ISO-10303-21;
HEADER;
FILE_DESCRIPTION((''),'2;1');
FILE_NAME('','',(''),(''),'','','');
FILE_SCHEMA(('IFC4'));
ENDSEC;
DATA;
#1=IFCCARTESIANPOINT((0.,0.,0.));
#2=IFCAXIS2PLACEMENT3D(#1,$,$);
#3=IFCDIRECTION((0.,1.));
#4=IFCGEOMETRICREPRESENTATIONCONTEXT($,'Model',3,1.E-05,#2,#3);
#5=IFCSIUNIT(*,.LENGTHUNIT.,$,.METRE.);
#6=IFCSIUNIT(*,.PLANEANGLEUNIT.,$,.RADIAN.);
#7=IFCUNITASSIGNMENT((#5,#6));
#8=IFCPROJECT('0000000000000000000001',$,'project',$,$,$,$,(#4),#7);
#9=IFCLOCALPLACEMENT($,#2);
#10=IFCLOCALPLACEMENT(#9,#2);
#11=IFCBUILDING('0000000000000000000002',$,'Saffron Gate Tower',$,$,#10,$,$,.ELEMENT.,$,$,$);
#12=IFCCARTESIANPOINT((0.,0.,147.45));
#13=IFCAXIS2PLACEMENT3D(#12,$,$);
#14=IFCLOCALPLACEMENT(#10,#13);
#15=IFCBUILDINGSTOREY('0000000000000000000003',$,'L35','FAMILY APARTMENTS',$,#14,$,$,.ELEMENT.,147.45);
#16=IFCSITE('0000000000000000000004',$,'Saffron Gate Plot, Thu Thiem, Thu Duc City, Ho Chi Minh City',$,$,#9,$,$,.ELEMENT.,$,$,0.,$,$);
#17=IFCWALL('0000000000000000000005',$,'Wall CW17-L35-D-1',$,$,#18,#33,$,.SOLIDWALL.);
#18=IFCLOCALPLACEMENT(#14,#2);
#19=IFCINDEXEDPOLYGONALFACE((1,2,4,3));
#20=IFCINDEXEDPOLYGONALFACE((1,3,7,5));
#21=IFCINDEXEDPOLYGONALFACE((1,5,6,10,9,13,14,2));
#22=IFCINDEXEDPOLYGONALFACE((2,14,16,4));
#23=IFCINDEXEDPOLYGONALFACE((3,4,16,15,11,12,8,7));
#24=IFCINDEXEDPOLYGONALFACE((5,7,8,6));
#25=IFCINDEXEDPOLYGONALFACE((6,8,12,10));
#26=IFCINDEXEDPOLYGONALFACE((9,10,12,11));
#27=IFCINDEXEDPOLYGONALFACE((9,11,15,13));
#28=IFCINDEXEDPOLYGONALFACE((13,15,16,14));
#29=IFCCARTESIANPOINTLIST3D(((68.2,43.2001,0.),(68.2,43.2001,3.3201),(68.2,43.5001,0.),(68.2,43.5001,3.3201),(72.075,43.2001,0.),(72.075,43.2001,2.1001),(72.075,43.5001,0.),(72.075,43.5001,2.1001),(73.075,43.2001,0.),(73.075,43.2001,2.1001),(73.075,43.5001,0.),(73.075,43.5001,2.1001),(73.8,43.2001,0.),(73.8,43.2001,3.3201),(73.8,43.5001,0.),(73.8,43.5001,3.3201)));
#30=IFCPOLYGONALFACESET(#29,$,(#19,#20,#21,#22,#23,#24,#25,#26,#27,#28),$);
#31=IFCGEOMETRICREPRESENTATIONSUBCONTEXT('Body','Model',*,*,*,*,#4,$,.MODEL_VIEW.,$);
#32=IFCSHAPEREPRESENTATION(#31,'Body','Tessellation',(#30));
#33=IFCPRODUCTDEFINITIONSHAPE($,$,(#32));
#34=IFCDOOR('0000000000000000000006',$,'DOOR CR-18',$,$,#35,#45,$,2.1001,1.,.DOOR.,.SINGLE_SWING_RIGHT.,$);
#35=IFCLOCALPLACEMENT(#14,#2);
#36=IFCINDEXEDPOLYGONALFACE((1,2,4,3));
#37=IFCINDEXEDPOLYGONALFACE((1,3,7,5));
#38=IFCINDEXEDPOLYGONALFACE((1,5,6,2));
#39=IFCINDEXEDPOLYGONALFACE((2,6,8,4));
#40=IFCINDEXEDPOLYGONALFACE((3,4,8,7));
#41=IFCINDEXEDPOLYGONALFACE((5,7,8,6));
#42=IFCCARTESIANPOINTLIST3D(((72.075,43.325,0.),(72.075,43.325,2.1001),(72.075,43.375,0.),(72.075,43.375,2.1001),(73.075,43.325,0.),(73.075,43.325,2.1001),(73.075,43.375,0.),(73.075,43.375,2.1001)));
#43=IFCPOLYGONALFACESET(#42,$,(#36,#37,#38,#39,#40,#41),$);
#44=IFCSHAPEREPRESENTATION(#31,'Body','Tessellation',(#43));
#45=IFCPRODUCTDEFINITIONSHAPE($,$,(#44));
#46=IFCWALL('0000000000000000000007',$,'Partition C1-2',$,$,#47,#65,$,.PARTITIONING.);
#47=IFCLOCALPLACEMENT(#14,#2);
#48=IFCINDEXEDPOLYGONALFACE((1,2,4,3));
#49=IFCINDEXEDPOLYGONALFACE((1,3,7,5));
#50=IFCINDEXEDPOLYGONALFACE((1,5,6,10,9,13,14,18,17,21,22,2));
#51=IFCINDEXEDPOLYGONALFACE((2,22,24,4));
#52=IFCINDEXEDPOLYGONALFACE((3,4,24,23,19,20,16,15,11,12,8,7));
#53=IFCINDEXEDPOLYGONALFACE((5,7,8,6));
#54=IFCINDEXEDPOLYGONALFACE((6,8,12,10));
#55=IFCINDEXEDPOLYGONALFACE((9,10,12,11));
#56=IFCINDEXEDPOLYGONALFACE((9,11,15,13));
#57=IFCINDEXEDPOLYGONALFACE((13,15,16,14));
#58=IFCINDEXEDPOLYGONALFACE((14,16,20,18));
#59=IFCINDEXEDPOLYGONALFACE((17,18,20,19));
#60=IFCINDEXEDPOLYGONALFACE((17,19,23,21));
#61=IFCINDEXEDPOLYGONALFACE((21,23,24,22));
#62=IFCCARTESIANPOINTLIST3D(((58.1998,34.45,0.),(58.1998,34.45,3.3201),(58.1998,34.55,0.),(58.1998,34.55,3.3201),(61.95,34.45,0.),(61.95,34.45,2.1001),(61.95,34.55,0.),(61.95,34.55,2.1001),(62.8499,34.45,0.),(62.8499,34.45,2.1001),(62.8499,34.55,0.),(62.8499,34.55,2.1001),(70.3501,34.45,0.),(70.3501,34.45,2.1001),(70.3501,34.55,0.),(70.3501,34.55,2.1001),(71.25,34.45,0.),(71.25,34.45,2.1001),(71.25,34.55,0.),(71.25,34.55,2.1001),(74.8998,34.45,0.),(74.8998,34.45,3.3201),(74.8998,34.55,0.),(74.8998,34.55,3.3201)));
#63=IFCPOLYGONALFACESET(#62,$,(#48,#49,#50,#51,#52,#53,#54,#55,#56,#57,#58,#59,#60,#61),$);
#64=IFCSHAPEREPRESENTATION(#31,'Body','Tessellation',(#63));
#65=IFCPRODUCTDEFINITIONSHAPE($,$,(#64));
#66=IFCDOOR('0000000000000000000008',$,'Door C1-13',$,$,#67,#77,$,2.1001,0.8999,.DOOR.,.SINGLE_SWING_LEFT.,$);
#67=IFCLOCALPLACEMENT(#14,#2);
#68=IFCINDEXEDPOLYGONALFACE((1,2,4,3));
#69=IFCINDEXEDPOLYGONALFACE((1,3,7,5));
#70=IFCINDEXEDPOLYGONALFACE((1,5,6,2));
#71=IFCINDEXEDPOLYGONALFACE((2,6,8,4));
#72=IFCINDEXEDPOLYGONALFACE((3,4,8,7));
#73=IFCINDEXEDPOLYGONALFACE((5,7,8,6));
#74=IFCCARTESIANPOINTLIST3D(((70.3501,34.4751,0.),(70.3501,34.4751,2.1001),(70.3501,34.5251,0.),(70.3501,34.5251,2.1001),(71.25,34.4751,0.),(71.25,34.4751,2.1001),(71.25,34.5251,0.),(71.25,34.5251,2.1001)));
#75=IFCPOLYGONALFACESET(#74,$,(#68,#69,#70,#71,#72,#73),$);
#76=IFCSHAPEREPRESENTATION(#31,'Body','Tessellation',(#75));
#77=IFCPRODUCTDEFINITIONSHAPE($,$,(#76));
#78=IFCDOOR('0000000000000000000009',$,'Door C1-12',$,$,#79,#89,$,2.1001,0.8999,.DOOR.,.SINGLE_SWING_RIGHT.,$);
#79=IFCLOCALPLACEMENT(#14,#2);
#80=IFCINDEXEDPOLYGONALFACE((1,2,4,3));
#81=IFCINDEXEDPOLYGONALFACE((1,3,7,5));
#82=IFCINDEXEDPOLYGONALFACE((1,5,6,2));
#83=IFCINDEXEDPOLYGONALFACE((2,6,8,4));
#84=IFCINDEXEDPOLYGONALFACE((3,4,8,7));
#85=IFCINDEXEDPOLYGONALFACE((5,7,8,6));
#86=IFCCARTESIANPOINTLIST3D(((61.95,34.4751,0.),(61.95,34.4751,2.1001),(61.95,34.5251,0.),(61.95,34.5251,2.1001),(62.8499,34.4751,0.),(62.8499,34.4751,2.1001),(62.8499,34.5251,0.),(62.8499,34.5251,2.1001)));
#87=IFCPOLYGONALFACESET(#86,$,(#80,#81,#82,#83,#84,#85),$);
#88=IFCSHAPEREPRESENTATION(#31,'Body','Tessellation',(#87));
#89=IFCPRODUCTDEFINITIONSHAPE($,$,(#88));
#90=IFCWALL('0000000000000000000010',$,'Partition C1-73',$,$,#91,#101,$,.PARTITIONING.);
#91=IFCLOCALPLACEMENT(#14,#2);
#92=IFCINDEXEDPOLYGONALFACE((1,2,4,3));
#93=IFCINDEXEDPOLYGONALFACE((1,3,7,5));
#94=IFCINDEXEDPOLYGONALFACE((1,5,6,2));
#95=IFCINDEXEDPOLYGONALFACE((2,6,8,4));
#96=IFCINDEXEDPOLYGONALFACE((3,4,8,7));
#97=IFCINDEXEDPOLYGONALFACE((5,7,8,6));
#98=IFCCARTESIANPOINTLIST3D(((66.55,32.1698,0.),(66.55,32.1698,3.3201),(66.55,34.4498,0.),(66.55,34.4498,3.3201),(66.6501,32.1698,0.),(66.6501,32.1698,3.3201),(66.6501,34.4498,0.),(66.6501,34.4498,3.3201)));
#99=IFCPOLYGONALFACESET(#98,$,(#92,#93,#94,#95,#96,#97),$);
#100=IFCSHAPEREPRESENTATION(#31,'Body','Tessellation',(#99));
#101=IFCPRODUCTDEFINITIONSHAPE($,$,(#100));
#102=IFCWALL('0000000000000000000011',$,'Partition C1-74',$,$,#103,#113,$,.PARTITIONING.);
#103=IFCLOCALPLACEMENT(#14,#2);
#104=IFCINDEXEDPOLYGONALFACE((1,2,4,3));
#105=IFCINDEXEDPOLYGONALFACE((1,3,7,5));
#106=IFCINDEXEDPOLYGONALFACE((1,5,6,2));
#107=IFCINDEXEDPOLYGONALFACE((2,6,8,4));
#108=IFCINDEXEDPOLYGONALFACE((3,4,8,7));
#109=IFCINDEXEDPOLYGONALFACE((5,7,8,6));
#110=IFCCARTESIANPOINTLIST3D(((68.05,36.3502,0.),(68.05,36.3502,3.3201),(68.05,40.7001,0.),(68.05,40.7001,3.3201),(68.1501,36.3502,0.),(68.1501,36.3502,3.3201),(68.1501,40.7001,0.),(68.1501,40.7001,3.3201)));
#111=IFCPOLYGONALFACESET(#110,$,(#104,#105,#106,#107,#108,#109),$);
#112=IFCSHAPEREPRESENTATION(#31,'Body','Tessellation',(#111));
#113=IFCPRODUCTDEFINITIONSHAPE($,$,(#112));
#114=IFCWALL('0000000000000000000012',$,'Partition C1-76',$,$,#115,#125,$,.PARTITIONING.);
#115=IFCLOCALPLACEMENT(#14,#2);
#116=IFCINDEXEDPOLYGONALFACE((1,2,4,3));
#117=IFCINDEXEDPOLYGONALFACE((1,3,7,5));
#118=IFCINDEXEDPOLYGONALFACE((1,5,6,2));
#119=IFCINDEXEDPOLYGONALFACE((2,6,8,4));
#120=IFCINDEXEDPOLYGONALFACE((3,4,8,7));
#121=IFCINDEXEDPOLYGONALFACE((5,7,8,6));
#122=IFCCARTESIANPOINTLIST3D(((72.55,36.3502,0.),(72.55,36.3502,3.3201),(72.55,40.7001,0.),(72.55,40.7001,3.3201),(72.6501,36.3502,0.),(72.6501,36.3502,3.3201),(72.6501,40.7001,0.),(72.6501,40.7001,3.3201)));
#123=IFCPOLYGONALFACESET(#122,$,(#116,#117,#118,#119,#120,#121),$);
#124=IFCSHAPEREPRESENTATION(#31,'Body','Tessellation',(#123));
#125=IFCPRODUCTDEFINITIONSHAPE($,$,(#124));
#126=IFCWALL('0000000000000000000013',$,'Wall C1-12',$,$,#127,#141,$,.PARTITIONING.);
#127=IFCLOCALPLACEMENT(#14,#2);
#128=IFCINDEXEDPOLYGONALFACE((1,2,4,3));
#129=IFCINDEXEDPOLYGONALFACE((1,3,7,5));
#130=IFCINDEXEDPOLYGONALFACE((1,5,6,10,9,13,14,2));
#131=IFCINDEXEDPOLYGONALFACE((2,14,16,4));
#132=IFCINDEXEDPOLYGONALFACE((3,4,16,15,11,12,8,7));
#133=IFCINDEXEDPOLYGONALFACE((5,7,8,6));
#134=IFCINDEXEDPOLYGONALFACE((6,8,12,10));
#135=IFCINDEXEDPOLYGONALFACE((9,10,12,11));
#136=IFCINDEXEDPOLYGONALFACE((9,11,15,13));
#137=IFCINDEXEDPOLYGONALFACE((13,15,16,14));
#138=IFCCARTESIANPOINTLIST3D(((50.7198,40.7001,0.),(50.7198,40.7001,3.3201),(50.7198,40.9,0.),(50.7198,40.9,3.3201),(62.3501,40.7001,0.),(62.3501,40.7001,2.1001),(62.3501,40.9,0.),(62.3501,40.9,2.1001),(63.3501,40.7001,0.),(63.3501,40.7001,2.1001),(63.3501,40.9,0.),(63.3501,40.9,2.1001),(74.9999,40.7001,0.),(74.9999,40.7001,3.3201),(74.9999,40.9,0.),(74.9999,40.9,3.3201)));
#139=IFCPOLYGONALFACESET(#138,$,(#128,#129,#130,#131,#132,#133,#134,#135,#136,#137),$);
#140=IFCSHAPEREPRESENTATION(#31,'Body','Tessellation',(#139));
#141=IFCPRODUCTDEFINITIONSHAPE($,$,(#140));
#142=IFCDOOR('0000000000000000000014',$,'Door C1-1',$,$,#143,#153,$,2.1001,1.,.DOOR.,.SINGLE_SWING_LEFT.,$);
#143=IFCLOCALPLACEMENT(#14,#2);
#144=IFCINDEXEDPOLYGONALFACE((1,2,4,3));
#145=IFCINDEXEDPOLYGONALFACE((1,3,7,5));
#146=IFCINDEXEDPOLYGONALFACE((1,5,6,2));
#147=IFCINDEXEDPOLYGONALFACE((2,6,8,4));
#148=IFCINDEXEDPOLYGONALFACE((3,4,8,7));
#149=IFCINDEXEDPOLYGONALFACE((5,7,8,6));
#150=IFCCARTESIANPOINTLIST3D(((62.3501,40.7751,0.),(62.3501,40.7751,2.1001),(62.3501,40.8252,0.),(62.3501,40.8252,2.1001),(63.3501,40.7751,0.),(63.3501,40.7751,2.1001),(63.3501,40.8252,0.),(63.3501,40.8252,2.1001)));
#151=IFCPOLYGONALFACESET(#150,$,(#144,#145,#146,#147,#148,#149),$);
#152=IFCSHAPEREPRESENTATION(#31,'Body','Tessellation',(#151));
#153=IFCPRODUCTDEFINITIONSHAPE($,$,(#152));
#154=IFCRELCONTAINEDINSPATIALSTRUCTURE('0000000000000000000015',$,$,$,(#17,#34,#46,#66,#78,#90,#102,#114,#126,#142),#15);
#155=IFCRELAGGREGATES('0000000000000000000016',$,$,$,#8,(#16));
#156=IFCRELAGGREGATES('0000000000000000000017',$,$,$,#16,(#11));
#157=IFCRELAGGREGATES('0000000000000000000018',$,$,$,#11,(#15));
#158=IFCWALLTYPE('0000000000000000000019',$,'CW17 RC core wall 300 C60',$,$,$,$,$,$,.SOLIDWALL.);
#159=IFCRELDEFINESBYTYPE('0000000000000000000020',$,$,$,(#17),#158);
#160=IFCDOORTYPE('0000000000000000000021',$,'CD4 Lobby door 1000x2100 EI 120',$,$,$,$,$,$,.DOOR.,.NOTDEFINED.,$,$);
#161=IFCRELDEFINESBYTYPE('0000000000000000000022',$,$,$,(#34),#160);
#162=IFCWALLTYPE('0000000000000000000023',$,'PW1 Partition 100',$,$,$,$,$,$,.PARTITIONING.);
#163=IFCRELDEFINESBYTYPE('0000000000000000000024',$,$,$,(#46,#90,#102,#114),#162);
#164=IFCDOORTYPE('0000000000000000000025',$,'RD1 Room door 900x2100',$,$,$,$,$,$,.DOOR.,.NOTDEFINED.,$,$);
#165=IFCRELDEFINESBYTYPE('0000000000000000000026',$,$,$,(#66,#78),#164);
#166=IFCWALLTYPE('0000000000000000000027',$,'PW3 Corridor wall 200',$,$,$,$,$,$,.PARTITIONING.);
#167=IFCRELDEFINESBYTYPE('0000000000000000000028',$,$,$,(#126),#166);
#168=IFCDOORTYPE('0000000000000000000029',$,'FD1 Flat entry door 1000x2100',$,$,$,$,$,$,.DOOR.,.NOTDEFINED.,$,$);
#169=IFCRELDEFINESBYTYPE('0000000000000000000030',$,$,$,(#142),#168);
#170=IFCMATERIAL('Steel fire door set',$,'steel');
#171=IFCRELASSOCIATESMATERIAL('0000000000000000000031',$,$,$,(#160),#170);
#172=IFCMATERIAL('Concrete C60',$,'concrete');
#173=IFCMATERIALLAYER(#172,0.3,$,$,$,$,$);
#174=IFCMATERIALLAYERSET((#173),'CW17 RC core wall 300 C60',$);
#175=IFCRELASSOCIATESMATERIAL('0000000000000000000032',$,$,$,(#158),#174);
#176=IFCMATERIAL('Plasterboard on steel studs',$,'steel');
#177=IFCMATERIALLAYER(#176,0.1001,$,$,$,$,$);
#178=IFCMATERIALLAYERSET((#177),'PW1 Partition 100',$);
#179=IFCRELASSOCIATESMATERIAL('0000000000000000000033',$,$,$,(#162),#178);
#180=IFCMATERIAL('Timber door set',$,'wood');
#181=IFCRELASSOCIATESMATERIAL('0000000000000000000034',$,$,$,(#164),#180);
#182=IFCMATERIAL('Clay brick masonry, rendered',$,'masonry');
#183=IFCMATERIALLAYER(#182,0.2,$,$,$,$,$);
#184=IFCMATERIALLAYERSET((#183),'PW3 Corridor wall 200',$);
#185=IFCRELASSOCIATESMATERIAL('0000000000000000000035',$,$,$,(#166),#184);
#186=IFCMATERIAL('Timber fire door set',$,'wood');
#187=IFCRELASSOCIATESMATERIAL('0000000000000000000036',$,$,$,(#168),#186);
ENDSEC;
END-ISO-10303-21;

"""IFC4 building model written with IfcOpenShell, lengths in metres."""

from ifc_helpers import new_model, si_unit, direction, frame, frame_2d, origin, place, context, subcontext, project, spatial, rectangle, extrude, material, layer, layer_set, type_object, element, fill, save


model = new_model("IFC4")

# Units and contexts
model_context = context("Model", 3, precision=1e-05, world=origin(), true_north=direction((0.0, 1.0)))
body_context = subcontext(model_context, "Body", "Model", "MODEL_VIEW")
ifc_project = project(units=[si_unit("LENGTHUNIT", "METRE"), si_unit("PLANEANGLEUNIT", "RADIAN")], contexts=[model_context])

# Site, building, storey
site_placement = place(None, origin())
site = spatial("IfcSite", under=ifc_project, at=site_placement, Name="Saffron Gate Plot, Thu Thiem, Thu Duc City, Ho Chi Minh City", CompositionType="ELEMENT", RefElevation=0.0)
building_placement = place(site_placement, origin())
building = spatial("IfcBuilding", under=site, at=building_placement, Name="Saffron Gate Tower", CompositionType="ELEMENT")
storey_placement = place(building_placement, frame((0.0, 0.0, 147.45)))
storey = spatial("IfcBuildingStorey", under=building, at=storey_placement, Name="L35", Description="FAMILY APARTMENTS", CompositionType="ELEMENT", Elevation=147.45)

# Shared definitions
ifc_material_1 = material(Name="Steel fire door set", Category="steel")
door_type_1 = type_object("IfcDoorType", Name="CD4 Lobby door 1000x2100 EI 120", OperationType="NOTDEFINED", PredefinedType="DOOR", material=ifc_material_1)

# Shared definitions
ifc_material_2 = material(Name="Concrete C60", Category="concrete")

# Wall, opening, door
ifc_layer_1 = layer(ifc_material_2, 0.3)
ifc_layer_set_1 = layer_set([ifc_layer_1], Name="CW17 RC core wall 300 C60")
wall_type_1 = type_object("IfcWallType", Name="CW17 RC core wall 300 C60", PredefinedType="SOLIDWALL", material=ifc_layer_set_1)
wall_1_placement = place(storey_placement, frame((68.2, 43.3501, 0.0), z_axis=(0.0, 0.0, 1.0), x_axis=(1.0, 0.0, 0.0)))
wall_1 = element("IfcWall", 1, at=wall_1_placement, inside=storey, type_object=wall_type_1, Name="Wall CW17-L35-D-1", PredefinedType="SOLIDWALL", context=body_context, shape_type="SweptSolid", body=[
    extrude(rectangle(XDim=5.6001, YDim=0.3, at=frame_2d((2.8, 0.0))), origin(), (0.0, 0.0, 1.0), 3.3201),
])
opening_1_placement = place(wall_1_placement, frame((3.875, 0.0, 0.0)))
opening_1 = element("IfcOpeningElement", 2, at=opening_1_placement, cuts=wall_1, PredefinedType="OPENING", context=body_context, shape_type="SweptSolid", body=[
    extrude(rectangle(XDim=1.0, YDim=2.1001, at=frame_2d((0.5, 1.05))), frame((0.0, 0.1602, 0.0), z_axis=(0.0, -1.0, 0.0), x_axis=(1.0, 0.0, 0.0)), (0.0, 0.0, 1.0), 0.3201),
])
door_1_placement = place(opening_1_placement, origin())
door_1 = element("IfcDoor", 3, at=door_1_placement, inside=storey, type_object=door_type_1, Name="DOOR CR-18", OperationType="SINGLE_SWING_RIGHT", OverallHeight=2.1001, OverallWidth=1.0, PredefinedType="DOOR", context=body_context, shape_type="SweptSolid", body=[
    extrude(rectangle(XDim=1.0, YDim=2.1001, at=frame_2d((0.5, 1.05))), frame((0.0, 0.0249, 0.0), z_axis=(0.0, -1.0, 0.0), x_axis=(1.0, 0.0, 0.0)), (0.0, 0.0, 1.0), 0.05),
])
fill(opening_1, door_1)

# Wall, openings, doors
ifc_material_3 = material(Name="Plasterboard on steel studs", Category="steel")
ifc_layer_2 = layer(ifc_material_3, 0.1001)
ifc_layer_set_2 = layer_set([ifc_layer_2], Name="PW1 Partition 100")
wall_type_2 = type_object("IfcWallType", Name="PW1 Partition 100", PredefinedType="PARTITIONING", material=ifc_layer_set_2)
wall_2_placement = place(storey_placement, frame((74.8999, 34.5, 0.0), z_axis=(0.0, 0.0, 1.0), x_axis=(-1.0, 0.0, 0.0)))
wall_2 = element("IfcWall", 4, at=wall_2_placement, inside=storey, type_object=wall_type_2, Name="Partition C1-2", PredefinedType="PARTITIONING", context=body_context, shape_type="SweptSolid", body=[
    extrude(rectangle(XDim=16.7, YDim=0.1001, at=frame_2d((8.3501, 0.0))), origin(), (0.0, 0.0, 1.0), 3.3201),
])
opening_2_placement = place(wall_2_placement, frame((3.6499, 0.0, 0.0)))
opening_2 = element("IfcOpeningElement", 5, at=opening_2_placement, cuts=wall_2, PredefinedType="OPENING", context=body_context, shape_type="SweptSolid", body=[
    extrude(rectangle(XDim=0.8999, YDim=2.1001, at=frame_2d((0.45, 1.05))), frame((0.0, 0.0601, 0.0), z_axis=(0.0, -1.0, 0.0), x_axis=(1.0, 0.0, 0.0)), (0.0, 0.0, 1.0), 0.1201),
])
opening_3_placement = place(wall_2_placement, frame((12.05, 0.0, 0.0)))
opening_3 = element("IfcOpeningElement", 6, at=opening_3_placement, cuts=wall_2, PredefinedType="OPENING", context=body_context, shape_type="SweptSolid", body=[
    extrude(rectangle(XDim=0.8999, YDim=2.1001, at=frame_2d((0.45, 1.05))), frame((0.0, 0.0601, 0.0), z_axis=(0.0, -1.0, 0.0), x_axis=(1.0, 0.0, 0.0)), (0.0, 0.0, 1.0), 0.1201),
])
ifc_material_4 = material(Name="Timber door set", Category="wood")
door_type_2 = type_object("IfcDoorType", Name="RD1 Room door 900x2100", OperationType="NOTDEFINED", PredefinedType="DOOR", material=ifc_material_4)
door_2_placement = place(opening_2_placement, origin())
door_2 = element("IfcDoor", 7, at=door_2_placement, inside=storey, type_object=door_type_2, Name="Door C1-13", OperationType="SINGLE_SWING_LEFT", OverallHeight=2.1001, OverallWidth=0.8999, PredefinedType="DOOR", context=body_context, shape_type="SweptSolid", body=[
    extrude(rectangle(XDim=0.8999, YDim=2.1001, at=frame_2d((0.45, 1.05))), frame((0.0, 0.0249, 0.0), z_axis=(0.0, -1.0, 0.0), x_axis=(1.0, 0.0, 0.0)), (0.0, 0.0, 1.0), 0.05),
])
fill(opening_2, door_2)
door_3_placement = place(opening_3_placement, origin())
door_3 = element("IfcDoor", 8, at=door_3_placement, inside=storey, type_object=door_type_2, Name="Door C1-12", OperationType="SINGLE_SWING_RIGHT", OverallHeight=2.1001, OverallWidth=0.8999, PredefinedType="DOOR", context=body_context, shape_type="SweptSolid", body=[
    extrude(rectangle(XDim=0.8999, YDim=2.1001, at=frame_2d((0.45, 1.05))), frame((0.0, 0.0249, 0.0), z_axis=(0.0, -1.0, 0.0), x_axis=(1.0, 0.0, 0.0)), (0.0, 0.0, 1.0), 0.05),
])
fill(opening_3, door_3)

# Walls
wall_3_placement = place(storey_placement, frame((66.6001, 34.45, 0.0), z_axis=(0.0, 0.0, 1.0), x_axis=(0.0, -1.0, 0.0)))
element("IfcWall", 9, at=wall_3_placement, inside=storey, type_object=wall_type_2, Name="Partition C1-73", PredefinedType="PARTITIONING", context=body_context, shape_type="SweptSolid", body=[
    extrude(rectangle(XDim=2.28, YDim=0.1001, at=frame_2d((1.1401, 0.0))), origin(), (0.0, 0.0, 1.0), 3.3201),
])
for number, where, z_axis, x_axis, name in (
    (10, (68.1001, 40.7, 0.0), (0.0, 0.0, 1.0), (0.0, -1.0, 0.0), "Partition C1-74"),
    (11, (72.6001, 40.7, 0.0), (0.0, 0.0, 1.0), (0.0, -1.0, 0.0), "Partition C1-76"),
):
    element("IfcWall", number, at=place(storey_placement, frame(where, z_axis=z_axis, x_axis=x_axis)), inside=storey, type_object=wall_type_2, Name=name, PredefinedType="PARTITIONING", context=body_context, shape_type="SweptSolid", body=[
        extrude(rectangle(XDim=4.3499, YDim=0.1001, at=frame_2d((2.1748, 0.0))), origin(), (0.0, 0.0, 1.0), 3.3201),
    ])

# Wall, opening, door
ifc_material_5 = material(Name="Clay brick masonry, rendered", Category="masonry")
ifc_layer_3 = layer(ifc_material_5, 0.2)
ifc_layer_set_3 = layer_set([ifc_layer_3], Name="PW3 Corridor wall 200")
wall_type_3 = type_object("IfcWallType", Name="PW3 Corridor wall 200", PredefinedType="PARTITIONING", material=ifc_layer_set_3)
wall_4_placement = place(storey_placement, frame((75.0, 40.8, 0.0), z_axis=(0.0, 0.0, 1.0), x_axis=(-1.0, 0.0, 0.0)))
wall_4 = element("IfcWall", 12, at=wall_4_placement, inside=storey, type_object=wall_type_3, Name="Wall C1-12", PredefinedType="PARTITIONING", context=body_context, shape_type="SweptSolid", body=[
    extrude(rectangle(XDim=24.28, YDim=0.2, at=frame_2d((12.1401, 0.0))), origin(), (0.0, 0.0, 1.0), 3.3201),
])
opening_4_placement = place(wall_4_placement, frame((11.6499, 0.0, 0.0)))
opening_4 = element("IfcOpeningElement", 13, at=opening_4_placement, cuts=wall_4, PredefinedType="OPENING", context=body_context, shape_type="SweptSolid", body=[
    extrude(rectangle(XDim=1.0, YDim=2.1001, at=frame_2d((0.5, 1.05))), frame((0.0, 0.1099, 0.0), z_axis=(0.0, -1.0, 0.0), x_axis=(1.0, 0.0, 0.0)), (0.0, 0.0, 1.0), 0.22),
])
ifc_material_6 = material(Name="Timber fire door set", Category="wood")
door_type_3 = type_object("IfcDoorType", Name="FD1 Flat entry door 1000x2100", OperationType="NOTDEFINED", PredefinedType="DOOR", material=ifc_material_6)
door_4_placement = place(opening_4_placement, origin())
door_4 = element("IfcDoor", 14, at=door_4_placement, inside=storey, type_object=door_type_3, Name="Door C1-1", OperationType="SINGLE_SWING_LEFT", OverallHeight=2.1001, OverallWidth=1.0, PredefinedType="DOOR", context=body_context, shape_type="SweptSolid", body=[
    extrude(rectangle(XDim=1.0, YDim=2.1001, at=frame_2d((0.5, 1.05))), frame((0.0, 0.0249, 0.0), z_axis=(0.0, -1.0, 0.0), x_axis=(1.0, 0.0, 0.0)), (0.0, 0.0, 1.0), 0.05),
])
fill(opening_4, door_4)

save(model, "model.ifc")
